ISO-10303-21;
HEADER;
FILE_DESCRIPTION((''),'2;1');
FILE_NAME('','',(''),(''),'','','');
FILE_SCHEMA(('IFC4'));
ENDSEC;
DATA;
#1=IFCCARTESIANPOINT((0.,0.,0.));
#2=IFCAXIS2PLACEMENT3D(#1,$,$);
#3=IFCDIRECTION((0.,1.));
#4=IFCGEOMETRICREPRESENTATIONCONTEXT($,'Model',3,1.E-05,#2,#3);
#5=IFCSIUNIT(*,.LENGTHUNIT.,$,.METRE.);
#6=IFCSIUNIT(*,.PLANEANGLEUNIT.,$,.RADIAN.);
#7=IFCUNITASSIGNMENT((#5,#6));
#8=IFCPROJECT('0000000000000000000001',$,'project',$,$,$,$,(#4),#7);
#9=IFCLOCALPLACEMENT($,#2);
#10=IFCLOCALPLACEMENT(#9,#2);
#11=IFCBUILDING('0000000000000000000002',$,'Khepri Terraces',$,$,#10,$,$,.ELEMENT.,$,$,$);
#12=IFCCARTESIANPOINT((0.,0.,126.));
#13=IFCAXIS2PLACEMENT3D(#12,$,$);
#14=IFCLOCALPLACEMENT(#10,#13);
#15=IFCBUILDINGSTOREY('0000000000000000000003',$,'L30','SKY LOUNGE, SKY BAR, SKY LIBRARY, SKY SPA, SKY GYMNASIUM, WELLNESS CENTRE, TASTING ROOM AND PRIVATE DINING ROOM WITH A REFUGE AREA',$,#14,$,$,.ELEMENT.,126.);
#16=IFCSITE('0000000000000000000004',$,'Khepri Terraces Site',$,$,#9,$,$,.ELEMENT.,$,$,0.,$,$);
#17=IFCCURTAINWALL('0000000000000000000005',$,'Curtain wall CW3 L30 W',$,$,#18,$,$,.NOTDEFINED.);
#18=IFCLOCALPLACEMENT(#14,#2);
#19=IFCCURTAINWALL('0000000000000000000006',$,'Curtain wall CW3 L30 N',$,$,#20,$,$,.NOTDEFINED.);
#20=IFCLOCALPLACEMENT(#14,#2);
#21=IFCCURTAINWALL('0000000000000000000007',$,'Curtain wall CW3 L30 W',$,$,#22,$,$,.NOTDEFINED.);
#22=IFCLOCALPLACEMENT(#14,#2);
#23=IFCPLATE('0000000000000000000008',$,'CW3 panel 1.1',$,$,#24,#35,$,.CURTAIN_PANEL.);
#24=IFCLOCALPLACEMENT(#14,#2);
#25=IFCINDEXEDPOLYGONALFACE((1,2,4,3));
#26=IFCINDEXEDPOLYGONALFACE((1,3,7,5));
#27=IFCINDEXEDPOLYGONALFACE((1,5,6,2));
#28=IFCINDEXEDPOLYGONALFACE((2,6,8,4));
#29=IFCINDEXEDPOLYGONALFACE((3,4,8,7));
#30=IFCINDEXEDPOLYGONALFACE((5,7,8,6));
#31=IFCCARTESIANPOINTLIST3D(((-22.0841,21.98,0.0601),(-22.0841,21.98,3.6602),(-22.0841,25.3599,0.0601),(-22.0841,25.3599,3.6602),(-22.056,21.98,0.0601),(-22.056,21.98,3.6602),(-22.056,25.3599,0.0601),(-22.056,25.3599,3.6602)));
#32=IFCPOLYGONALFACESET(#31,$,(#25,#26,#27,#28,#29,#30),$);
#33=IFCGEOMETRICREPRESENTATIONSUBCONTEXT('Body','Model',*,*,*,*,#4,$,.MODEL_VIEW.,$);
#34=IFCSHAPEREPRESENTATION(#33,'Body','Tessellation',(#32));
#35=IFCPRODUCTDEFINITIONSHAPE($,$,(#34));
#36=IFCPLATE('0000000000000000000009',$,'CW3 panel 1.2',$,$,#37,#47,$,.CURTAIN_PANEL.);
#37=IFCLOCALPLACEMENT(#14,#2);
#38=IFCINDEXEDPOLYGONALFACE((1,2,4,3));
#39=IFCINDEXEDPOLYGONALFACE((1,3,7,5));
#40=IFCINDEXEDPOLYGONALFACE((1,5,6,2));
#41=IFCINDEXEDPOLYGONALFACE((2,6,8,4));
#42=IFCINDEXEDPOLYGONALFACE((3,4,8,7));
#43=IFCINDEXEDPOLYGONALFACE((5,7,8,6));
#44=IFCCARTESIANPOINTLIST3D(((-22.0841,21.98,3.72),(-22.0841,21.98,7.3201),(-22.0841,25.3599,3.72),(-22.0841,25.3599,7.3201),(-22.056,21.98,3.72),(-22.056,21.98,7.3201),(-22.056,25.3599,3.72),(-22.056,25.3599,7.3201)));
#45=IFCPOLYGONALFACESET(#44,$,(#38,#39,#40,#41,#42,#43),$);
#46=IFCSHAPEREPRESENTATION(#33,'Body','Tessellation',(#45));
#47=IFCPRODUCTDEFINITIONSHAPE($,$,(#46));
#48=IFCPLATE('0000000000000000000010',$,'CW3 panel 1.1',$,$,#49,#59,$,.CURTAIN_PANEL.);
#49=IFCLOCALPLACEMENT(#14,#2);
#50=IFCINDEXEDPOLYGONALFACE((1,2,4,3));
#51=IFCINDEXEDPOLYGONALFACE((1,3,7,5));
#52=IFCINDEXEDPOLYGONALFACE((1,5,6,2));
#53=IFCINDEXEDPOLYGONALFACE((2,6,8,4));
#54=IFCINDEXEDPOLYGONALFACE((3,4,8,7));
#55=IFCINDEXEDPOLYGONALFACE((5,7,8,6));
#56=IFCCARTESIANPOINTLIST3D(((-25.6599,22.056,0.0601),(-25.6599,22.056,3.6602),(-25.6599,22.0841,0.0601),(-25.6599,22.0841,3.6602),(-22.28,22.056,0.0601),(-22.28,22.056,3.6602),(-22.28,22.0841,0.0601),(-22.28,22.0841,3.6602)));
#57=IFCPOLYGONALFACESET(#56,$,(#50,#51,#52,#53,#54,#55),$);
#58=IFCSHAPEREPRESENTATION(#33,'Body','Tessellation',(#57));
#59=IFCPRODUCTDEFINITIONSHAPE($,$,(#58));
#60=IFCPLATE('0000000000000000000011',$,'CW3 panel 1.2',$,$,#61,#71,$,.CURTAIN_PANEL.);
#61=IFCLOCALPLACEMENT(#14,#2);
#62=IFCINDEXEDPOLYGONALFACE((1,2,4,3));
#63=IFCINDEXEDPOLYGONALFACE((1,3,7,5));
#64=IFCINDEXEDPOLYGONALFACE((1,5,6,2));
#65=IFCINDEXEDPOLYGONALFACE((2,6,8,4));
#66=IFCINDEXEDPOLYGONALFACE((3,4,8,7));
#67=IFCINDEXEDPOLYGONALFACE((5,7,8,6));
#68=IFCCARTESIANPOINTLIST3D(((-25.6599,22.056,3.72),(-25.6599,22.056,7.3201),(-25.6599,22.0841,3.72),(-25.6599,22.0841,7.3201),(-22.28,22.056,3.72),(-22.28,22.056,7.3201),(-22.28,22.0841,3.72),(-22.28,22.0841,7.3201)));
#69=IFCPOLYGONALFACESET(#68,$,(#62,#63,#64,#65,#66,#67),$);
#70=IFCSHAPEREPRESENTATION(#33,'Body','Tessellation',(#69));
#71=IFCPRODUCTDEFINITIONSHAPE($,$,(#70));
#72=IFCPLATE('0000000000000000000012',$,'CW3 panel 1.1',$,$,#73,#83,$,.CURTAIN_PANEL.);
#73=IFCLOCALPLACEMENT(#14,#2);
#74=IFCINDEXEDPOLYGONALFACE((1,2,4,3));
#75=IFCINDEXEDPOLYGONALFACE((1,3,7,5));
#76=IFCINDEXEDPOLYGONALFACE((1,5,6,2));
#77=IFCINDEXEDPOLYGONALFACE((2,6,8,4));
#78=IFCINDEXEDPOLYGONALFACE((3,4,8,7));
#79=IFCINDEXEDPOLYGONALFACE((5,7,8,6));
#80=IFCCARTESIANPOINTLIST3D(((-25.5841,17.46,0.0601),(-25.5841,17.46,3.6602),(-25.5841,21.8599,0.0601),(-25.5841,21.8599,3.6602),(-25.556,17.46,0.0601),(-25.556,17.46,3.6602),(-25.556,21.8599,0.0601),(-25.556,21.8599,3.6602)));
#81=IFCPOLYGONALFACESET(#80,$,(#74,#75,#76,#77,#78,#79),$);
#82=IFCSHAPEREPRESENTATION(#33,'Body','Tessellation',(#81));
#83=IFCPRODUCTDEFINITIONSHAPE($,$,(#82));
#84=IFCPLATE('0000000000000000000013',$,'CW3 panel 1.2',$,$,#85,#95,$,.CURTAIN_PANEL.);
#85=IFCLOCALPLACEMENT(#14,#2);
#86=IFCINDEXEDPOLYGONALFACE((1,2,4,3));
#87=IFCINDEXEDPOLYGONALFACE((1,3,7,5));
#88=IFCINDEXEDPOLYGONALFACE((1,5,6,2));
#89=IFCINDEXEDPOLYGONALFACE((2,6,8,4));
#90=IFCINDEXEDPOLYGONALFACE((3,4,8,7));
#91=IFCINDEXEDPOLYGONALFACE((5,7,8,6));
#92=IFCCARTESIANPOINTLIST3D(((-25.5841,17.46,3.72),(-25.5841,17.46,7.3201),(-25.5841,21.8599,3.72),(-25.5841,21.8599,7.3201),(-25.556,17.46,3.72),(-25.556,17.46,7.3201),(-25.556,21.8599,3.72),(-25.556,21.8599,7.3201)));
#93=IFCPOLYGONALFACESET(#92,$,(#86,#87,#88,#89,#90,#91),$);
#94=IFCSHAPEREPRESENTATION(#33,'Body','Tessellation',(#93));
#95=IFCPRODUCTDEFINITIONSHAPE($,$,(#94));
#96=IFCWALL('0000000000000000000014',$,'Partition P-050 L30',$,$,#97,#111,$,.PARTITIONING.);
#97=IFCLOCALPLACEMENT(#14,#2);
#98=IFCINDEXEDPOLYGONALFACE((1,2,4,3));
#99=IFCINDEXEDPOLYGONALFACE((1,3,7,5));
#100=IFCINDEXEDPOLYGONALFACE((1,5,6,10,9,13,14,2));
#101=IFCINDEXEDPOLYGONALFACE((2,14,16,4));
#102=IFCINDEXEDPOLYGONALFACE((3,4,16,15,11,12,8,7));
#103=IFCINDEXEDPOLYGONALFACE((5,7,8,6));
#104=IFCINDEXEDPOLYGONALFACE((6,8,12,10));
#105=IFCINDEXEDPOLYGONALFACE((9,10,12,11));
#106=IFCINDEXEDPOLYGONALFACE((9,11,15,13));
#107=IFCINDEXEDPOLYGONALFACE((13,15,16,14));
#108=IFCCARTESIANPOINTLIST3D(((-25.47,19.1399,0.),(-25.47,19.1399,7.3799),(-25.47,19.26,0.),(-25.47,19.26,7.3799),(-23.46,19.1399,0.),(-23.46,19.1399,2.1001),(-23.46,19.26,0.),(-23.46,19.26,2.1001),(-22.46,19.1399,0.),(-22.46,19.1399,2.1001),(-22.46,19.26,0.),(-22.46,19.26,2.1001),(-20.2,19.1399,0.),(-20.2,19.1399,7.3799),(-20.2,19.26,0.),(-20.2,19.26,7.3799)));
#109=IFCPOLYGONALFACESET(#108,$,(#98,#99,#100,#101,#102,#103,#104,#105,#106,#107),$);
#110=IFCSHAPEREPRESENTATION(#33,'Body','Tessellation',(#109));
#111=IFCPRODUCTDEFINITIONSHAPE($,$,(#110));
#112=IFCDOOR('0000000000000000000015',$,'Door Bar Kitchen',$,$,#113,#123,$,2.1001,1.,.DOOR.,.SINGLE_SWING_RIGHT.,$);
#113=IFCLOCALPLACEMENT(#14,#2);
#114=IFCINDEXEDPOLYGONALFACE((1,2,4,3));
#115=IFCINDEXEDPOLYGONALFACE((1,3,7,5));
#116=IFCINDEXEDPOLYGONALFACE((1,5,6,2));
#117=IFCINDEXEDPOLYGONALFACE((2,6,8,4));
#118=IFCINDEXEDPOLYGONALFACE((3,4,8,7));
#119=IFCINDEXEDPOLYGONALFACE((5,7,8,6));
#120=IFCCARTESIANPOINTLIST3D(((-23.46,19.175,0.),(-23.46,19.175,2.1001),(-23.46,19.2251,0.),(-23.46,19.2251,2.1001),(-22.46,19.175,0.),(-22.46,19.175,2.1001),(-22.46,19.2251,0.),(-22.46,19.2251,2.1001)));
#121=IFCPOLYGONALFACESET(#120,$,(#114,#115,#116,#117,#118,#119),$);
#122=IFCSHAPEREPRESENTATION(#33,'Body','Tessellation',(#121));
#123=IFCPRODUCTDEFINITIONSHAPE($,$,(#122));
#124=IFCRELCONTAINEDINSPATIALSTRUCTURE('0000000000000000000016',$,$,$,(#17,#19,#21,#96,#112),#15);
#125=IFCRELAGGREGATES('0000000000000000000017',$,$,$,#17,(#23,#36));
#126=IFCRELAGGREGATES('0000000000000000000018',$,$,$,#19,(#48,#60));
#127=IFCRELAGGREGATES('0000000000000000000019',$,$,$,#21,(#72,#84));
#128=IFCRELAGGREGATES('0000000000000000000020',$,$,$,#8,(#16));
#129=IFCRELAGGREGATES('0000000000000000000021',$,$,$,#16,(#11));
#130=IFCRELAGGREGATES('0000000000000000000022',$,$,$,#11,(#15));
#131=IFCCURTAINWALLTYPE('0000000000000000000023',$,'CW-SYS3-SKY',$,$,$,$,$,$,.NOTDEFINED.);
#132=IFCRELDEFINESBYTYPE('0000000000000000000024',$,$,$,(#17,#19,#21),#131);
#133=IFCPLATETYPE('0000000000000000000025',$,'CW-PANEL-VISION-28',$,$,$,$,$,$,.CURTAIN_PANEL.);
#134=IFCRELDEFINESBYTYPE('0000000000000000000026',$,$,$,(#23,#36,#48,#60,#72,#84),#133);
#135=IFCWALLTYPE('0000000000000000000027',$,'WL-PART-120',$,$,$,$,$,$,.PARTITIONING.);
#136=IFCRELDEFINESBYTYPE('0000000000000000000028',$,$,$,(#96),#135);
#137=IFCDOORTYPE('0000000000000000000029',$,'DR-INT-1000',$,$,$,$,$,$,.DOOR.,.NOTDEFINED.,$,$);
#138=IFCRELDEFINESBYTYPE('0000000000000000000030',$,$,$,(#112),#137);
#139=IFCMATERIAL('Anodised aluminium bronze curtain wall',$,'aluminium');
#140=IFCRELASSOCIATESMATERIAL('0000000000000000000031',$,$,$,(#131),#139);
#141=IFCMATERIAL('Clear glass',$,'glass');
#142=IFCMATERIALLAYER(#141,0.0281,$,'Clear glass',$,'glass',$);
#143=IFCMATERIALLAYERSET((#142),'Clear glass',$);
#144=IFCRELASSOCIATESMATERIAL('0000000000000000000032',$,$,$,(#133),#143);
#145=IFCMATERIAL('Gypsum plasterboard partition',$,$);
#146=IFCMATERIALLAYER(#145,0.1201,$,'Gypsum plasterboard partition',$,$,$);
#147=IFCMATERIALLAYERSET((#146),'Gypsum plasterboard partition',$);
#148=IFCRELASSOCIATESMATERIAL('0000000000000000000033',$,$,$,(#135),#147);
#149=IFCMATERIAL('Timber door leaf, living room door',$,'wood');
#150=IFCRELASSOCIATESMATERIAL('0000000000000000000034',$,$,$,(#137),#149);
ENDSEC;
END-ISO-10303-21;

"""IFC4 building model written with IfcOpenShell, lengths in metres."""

from ifc_helpers import new_model, si_unit, direction, frame, frame_2d, origin, origin_2d, place, context, subcontext, project, spatial, rectangle, extrude, material, layer, layer_set, type_object, element, fill, aggregate, save


model = new_model("IFC4")

# Units and contexts
model_context = context("Model", 3, precision=1e-05, world=origin(), true_north=direction((0.0, 1.0)))
body_context = subcontext(model_context, "Body", "Model", "MODEL_VIEW")
ifc_project = project(units=[si_unit("LENGTHUNIT", "METRE"), si_unit("PLANEANGLEUNIT", "RADIAN")], contexts=[model_context])

# Site, building, storey
site_placement = place(None, origin())
site = spatial("IfcSite", under=ifc_project, at=site_placement, Name="Khepri Terraces Site", CompositionType="ELEMENT", RefElevation=0.0)
building_placement = place(site_placement, origin())
building = spatial("IfcBuilding", under=site, at=building_placement, Name="Khepri Terraces", CompositionType="ELEMENT")
storey_placement = place(building_placement, frame((0.0, 0.0, 126.0)))
storey = spatial("IfcBuildingStorey", under=building, at=storey_placement, Name="L30", Description="SKY LOUNGE, SKY BAR, SKY LIBRARY, SKY SPA, SKY GYMNASIUM, WELLNESS CENTRE, TASTING ROOM AND PRIVATE DINING ROOM WITH A REFUGE AREA", CompositionType="ELEMENT", Elevation=126.0)

# Curtain wall
ifc_material_1 = material(Name="Anodised aluminium bronze curtain wall", Category="aluminium")
curtain_wall_type = type_object("IfcCurtainWallType", Name="CW-SYS3-SKY", PredefinedType="NOTDEFINED", material=ifc_material_1)
curtain_wall_1_placement = place(storey_placement, origin())
curtain_wall_1 = element("IfcCurtainWall", 1, at=curtain_wall_1_placement, inside=storey, type_object=curtain_wall_type, Name="Curtain wall CW3 L30 W", PredefinedType="NOTDEFINED")

# Curtain walls
curtain_wall_2_placement = place(storey_placement, origin())
curtain_wall_2 = element("IfcCurtainWall", 2, at=curtain_wall_2_placement, inside=storey, type_object=curtain_wall_type, Name="Curtain wall CW3 L30 N", PredefinedType="NOTDEFINED")
curtain_wall_3_placement = place(storey_placement, origin())
curtain_wall_3 = element("IfcCurtainWall", 3, at=curtain_wall_3_placement, inside=storey, type_object=curtain_wall_type, Name="Curtain wall CW3 L30 W", PredefinedType="NOTDEFINED")

# Plates
ifc_material_2 = material(Name="Clear glass", Category="glass")
ifc_layer_1 = layer(ifc_material_2, 0.0281, Name="Clear glass", Category="glass")
ifc_layer_set_1 = layer_set([ifc_layer_1], Name="Clear glass")
plate_type = type_object("IfcPlateType", Name="CW-PANEL-VISION-28", PredefinedType="CURTAIN_PANEL", material=ifc_layer_set_1)
plate_1_placement = place(storey_placement, frame((-22.0701, 23.6699, 0.0601), z_axis=(0.0, 0.0, 1.0), x_axis=(0.0, -1.0, 0.0)))
plate_1 = element("IfcPlate", 4, at=plate_1_placement, type_object=plate_type, Name="CW3 panel 1.1", PredefinedType="CURTAIN_PANEL", context=body_context, shape_type="SweptSolid", body=[
    extrude(rectangle(XDim=3.3799, YDim=0.0281, at=origin_2d()), origin(), (0.0, 0.0, 1.0), 3.6001),
])
plate_2_placement = place(storey_placement, frame((-22.0701, 23.6699, 3.72), z_axis=(0.0, 0.0, 1.0), x_axis=(0.0, -1.0, 0.0)))
plate_2 = element("IfcPlate", 5, at=plate_2_placement, type_object=plate_type, Name="CW3 panel 1.2", PredefinedType="CURTAIN_PANEL", context=body_context, shape_type="SweptSolid", body=[
    extrude(rectangle(XDim=3.3799, YDim=0.0281, at=origin_2d()), origin(), (0.0, 0.0, 1.0), 3.6001),
])
aggregate(curtain_wall_1, [plate_1, plate_2])
plate_3_placement = place(storey_placement, frame((-23.97, 22.0701, 0.0601), z_axis=(0.0, 0.0, 1.0), x_axis=(-1.0, 0.0, 0.0)))
plate_3 = element("IfcPlate", 6, at=plate_3_placement, type_object=plate_type, Name="CW3 panel 1.1", PredefinedType="CURTAIN_PANEL", context=body_context, shape_type="SweptSolid", body=[
    extrude(rectangle(XDim=3.3799, YDim=0.0281, at=origin_2d()), origin(), (0.0, 0.0, 1.0), 3.6001),
])
plate_4_placement = place(storey_placement, frame((-23.97, 22.0701, 3.72), z_axis=(0.0, 0.0, 1.0), x_axis=(-1.0, 0.0, 0.0)))
plate_4 = element("IfcPlate", 7, at=plate_4_placement, type_object=plate_type, Name="CW3 panel 1.2", PredefinedType="CURTAIN_PANEL", context=body_context, shape_type="SweptSolid", body=[
    extrude(rectangle(XDim=3.3799, YDim=0.0281, at=origin_2d()), origin(), (0.0, 0.0, 1.0), 3.6001),
])
aggregate(curtain_wall_2, [plate_3, plate_4])
plate_5_placement = place(storey_placement, frame((-25.5701, 19.6599, 0.0601), z_axis=(0.0, 0.0, 1.0), x_axis=(0.0, -1.0, 0.0)))
plate_5 = element("IfcPlate", 8, at=plate_5_placement, type_object=plate_type, Name="CW3 panel 1.1", PredefinedType="CURTAIN_PANEL", context=body_context, shape_type="SweptSolid", body=[
    extrude(rectangle(XDim=4.3999, YDim=0.0281, at=origin_2d()), origin(), (0.0, 0.0, 1.0), 3.6001),
])
plate_6_placement = place(storey_placement, frame((-25.5701, 19.6599, 3.72), z_axis=(0.0, 0.0, 1.0), x_axis=(0.0, -1.0, 0.0)))
plate_6 = element("IfcPlate", 9, at=plate_6_placement, type_object=plate_type, Name="CW3 panel 1.2", PredefinedType="CURTAIN_PANEL", context=body_context, shape_type="SweptSolid", body=[
    extrude(rectangle(XDim=4.3999, YDim=0.0281, at=origin_2d()), origin(), (0.0, 0.0, 1.0), 3.6001),
])
aggregate(curtain_wall_3, [plate_5, plate_6])

# Wall, opening, door
ifc_material_3 = material(Name="Gypsum plasterboard partition")
ifc_layer_2 = layer(ifc_material_3, 0.1201, Name="Gypsum plasterboard partition")
ifc_layer_set_2 = layer_set([ifc_layer_2], Name="Gypsum plasterboard partition")
wall_type = type_object("IfcWallType", Name="WL-PART-120", PredefinedType="PARTITIONING", material=ifc_layer_set_2)
wall_placement = place(storey_placement, frame((-25.47, 19.2, 0.0), z_axis=(0.0, 0.0, 1.0), x_axis=(1.0, 0.0, 0.0)))
wall = element("IfcWall", 10, at=wall_placement, inside=storey, type_object=wall_type, Name="Partition P-050 L30", PredefinedType="PARTITIONING", context=body_context, shape_type="SweptSolid", body=[
    extrude(rectangle(XDim=5.27, YDim=0.1201, at=frame_2d((2.635, 0.0))), origin(), (0.0, 0.0, 1.0), 7.3799),
])
opening_placement = place(wall_placement, frame((2.01, 0.0, 0.0)))
opening = element("IfcOpeningElement", 11, at=opening_placement, cuts=wall, PredefinedType="OPENING", context=body_context, shape_type="SweptSolid", body=[
    extrude(rectangle(XDim=1.0, YDim=2.1001, at=frame_2d((0.5, 1.05))), frame((0.0, 0.0701, 0.0), z_axis=(0.0, -1.0, 0.0), x_axis=(1.0, 0.0, 0.0)), (0.0, 0.0, 1.0), 0.1401),
])
ifc_material_4 = material(Name="Timber door leaf, living room door", Category="wood")
door_type = type_object("IfcDoorType", Name="DR-INT-1000", OperationType="NOTDEFINED", PredefinedType="DOOR", material=ifc_material_4)
door_placement = place(opening_placement, frame((1.0, 0.0, 0.0), z_axis=(0.0, 0.0, 1.0), x_axis=(-1.0, 0.0, 0.0)))
door = element("IfcDoor", 12, at=door_placement, inside=storey, type_object=door_type, Name="Door Bar Kitchen", OperationType="SINGLE_SWING_RIGHT", OverallHeight=2.1001, OverallWidth=1.0, PredefinedType="DOOR", context=body_context, shape_type="SweptSolid", body=[
    extrude(rectangle(XDim=1.0, YDim=2.1001, at=frame_2d((0.5, 1.05))), frame((0.0, 0.0249, 0.0), z_axis=(0.0, -1.0, 0.0), x_axis=(1.0, 0.0, 0.0)), (0.0, 0.0, 1.0), 0.05),
])
fill(opening, door)

save(model, "model.ifc")
